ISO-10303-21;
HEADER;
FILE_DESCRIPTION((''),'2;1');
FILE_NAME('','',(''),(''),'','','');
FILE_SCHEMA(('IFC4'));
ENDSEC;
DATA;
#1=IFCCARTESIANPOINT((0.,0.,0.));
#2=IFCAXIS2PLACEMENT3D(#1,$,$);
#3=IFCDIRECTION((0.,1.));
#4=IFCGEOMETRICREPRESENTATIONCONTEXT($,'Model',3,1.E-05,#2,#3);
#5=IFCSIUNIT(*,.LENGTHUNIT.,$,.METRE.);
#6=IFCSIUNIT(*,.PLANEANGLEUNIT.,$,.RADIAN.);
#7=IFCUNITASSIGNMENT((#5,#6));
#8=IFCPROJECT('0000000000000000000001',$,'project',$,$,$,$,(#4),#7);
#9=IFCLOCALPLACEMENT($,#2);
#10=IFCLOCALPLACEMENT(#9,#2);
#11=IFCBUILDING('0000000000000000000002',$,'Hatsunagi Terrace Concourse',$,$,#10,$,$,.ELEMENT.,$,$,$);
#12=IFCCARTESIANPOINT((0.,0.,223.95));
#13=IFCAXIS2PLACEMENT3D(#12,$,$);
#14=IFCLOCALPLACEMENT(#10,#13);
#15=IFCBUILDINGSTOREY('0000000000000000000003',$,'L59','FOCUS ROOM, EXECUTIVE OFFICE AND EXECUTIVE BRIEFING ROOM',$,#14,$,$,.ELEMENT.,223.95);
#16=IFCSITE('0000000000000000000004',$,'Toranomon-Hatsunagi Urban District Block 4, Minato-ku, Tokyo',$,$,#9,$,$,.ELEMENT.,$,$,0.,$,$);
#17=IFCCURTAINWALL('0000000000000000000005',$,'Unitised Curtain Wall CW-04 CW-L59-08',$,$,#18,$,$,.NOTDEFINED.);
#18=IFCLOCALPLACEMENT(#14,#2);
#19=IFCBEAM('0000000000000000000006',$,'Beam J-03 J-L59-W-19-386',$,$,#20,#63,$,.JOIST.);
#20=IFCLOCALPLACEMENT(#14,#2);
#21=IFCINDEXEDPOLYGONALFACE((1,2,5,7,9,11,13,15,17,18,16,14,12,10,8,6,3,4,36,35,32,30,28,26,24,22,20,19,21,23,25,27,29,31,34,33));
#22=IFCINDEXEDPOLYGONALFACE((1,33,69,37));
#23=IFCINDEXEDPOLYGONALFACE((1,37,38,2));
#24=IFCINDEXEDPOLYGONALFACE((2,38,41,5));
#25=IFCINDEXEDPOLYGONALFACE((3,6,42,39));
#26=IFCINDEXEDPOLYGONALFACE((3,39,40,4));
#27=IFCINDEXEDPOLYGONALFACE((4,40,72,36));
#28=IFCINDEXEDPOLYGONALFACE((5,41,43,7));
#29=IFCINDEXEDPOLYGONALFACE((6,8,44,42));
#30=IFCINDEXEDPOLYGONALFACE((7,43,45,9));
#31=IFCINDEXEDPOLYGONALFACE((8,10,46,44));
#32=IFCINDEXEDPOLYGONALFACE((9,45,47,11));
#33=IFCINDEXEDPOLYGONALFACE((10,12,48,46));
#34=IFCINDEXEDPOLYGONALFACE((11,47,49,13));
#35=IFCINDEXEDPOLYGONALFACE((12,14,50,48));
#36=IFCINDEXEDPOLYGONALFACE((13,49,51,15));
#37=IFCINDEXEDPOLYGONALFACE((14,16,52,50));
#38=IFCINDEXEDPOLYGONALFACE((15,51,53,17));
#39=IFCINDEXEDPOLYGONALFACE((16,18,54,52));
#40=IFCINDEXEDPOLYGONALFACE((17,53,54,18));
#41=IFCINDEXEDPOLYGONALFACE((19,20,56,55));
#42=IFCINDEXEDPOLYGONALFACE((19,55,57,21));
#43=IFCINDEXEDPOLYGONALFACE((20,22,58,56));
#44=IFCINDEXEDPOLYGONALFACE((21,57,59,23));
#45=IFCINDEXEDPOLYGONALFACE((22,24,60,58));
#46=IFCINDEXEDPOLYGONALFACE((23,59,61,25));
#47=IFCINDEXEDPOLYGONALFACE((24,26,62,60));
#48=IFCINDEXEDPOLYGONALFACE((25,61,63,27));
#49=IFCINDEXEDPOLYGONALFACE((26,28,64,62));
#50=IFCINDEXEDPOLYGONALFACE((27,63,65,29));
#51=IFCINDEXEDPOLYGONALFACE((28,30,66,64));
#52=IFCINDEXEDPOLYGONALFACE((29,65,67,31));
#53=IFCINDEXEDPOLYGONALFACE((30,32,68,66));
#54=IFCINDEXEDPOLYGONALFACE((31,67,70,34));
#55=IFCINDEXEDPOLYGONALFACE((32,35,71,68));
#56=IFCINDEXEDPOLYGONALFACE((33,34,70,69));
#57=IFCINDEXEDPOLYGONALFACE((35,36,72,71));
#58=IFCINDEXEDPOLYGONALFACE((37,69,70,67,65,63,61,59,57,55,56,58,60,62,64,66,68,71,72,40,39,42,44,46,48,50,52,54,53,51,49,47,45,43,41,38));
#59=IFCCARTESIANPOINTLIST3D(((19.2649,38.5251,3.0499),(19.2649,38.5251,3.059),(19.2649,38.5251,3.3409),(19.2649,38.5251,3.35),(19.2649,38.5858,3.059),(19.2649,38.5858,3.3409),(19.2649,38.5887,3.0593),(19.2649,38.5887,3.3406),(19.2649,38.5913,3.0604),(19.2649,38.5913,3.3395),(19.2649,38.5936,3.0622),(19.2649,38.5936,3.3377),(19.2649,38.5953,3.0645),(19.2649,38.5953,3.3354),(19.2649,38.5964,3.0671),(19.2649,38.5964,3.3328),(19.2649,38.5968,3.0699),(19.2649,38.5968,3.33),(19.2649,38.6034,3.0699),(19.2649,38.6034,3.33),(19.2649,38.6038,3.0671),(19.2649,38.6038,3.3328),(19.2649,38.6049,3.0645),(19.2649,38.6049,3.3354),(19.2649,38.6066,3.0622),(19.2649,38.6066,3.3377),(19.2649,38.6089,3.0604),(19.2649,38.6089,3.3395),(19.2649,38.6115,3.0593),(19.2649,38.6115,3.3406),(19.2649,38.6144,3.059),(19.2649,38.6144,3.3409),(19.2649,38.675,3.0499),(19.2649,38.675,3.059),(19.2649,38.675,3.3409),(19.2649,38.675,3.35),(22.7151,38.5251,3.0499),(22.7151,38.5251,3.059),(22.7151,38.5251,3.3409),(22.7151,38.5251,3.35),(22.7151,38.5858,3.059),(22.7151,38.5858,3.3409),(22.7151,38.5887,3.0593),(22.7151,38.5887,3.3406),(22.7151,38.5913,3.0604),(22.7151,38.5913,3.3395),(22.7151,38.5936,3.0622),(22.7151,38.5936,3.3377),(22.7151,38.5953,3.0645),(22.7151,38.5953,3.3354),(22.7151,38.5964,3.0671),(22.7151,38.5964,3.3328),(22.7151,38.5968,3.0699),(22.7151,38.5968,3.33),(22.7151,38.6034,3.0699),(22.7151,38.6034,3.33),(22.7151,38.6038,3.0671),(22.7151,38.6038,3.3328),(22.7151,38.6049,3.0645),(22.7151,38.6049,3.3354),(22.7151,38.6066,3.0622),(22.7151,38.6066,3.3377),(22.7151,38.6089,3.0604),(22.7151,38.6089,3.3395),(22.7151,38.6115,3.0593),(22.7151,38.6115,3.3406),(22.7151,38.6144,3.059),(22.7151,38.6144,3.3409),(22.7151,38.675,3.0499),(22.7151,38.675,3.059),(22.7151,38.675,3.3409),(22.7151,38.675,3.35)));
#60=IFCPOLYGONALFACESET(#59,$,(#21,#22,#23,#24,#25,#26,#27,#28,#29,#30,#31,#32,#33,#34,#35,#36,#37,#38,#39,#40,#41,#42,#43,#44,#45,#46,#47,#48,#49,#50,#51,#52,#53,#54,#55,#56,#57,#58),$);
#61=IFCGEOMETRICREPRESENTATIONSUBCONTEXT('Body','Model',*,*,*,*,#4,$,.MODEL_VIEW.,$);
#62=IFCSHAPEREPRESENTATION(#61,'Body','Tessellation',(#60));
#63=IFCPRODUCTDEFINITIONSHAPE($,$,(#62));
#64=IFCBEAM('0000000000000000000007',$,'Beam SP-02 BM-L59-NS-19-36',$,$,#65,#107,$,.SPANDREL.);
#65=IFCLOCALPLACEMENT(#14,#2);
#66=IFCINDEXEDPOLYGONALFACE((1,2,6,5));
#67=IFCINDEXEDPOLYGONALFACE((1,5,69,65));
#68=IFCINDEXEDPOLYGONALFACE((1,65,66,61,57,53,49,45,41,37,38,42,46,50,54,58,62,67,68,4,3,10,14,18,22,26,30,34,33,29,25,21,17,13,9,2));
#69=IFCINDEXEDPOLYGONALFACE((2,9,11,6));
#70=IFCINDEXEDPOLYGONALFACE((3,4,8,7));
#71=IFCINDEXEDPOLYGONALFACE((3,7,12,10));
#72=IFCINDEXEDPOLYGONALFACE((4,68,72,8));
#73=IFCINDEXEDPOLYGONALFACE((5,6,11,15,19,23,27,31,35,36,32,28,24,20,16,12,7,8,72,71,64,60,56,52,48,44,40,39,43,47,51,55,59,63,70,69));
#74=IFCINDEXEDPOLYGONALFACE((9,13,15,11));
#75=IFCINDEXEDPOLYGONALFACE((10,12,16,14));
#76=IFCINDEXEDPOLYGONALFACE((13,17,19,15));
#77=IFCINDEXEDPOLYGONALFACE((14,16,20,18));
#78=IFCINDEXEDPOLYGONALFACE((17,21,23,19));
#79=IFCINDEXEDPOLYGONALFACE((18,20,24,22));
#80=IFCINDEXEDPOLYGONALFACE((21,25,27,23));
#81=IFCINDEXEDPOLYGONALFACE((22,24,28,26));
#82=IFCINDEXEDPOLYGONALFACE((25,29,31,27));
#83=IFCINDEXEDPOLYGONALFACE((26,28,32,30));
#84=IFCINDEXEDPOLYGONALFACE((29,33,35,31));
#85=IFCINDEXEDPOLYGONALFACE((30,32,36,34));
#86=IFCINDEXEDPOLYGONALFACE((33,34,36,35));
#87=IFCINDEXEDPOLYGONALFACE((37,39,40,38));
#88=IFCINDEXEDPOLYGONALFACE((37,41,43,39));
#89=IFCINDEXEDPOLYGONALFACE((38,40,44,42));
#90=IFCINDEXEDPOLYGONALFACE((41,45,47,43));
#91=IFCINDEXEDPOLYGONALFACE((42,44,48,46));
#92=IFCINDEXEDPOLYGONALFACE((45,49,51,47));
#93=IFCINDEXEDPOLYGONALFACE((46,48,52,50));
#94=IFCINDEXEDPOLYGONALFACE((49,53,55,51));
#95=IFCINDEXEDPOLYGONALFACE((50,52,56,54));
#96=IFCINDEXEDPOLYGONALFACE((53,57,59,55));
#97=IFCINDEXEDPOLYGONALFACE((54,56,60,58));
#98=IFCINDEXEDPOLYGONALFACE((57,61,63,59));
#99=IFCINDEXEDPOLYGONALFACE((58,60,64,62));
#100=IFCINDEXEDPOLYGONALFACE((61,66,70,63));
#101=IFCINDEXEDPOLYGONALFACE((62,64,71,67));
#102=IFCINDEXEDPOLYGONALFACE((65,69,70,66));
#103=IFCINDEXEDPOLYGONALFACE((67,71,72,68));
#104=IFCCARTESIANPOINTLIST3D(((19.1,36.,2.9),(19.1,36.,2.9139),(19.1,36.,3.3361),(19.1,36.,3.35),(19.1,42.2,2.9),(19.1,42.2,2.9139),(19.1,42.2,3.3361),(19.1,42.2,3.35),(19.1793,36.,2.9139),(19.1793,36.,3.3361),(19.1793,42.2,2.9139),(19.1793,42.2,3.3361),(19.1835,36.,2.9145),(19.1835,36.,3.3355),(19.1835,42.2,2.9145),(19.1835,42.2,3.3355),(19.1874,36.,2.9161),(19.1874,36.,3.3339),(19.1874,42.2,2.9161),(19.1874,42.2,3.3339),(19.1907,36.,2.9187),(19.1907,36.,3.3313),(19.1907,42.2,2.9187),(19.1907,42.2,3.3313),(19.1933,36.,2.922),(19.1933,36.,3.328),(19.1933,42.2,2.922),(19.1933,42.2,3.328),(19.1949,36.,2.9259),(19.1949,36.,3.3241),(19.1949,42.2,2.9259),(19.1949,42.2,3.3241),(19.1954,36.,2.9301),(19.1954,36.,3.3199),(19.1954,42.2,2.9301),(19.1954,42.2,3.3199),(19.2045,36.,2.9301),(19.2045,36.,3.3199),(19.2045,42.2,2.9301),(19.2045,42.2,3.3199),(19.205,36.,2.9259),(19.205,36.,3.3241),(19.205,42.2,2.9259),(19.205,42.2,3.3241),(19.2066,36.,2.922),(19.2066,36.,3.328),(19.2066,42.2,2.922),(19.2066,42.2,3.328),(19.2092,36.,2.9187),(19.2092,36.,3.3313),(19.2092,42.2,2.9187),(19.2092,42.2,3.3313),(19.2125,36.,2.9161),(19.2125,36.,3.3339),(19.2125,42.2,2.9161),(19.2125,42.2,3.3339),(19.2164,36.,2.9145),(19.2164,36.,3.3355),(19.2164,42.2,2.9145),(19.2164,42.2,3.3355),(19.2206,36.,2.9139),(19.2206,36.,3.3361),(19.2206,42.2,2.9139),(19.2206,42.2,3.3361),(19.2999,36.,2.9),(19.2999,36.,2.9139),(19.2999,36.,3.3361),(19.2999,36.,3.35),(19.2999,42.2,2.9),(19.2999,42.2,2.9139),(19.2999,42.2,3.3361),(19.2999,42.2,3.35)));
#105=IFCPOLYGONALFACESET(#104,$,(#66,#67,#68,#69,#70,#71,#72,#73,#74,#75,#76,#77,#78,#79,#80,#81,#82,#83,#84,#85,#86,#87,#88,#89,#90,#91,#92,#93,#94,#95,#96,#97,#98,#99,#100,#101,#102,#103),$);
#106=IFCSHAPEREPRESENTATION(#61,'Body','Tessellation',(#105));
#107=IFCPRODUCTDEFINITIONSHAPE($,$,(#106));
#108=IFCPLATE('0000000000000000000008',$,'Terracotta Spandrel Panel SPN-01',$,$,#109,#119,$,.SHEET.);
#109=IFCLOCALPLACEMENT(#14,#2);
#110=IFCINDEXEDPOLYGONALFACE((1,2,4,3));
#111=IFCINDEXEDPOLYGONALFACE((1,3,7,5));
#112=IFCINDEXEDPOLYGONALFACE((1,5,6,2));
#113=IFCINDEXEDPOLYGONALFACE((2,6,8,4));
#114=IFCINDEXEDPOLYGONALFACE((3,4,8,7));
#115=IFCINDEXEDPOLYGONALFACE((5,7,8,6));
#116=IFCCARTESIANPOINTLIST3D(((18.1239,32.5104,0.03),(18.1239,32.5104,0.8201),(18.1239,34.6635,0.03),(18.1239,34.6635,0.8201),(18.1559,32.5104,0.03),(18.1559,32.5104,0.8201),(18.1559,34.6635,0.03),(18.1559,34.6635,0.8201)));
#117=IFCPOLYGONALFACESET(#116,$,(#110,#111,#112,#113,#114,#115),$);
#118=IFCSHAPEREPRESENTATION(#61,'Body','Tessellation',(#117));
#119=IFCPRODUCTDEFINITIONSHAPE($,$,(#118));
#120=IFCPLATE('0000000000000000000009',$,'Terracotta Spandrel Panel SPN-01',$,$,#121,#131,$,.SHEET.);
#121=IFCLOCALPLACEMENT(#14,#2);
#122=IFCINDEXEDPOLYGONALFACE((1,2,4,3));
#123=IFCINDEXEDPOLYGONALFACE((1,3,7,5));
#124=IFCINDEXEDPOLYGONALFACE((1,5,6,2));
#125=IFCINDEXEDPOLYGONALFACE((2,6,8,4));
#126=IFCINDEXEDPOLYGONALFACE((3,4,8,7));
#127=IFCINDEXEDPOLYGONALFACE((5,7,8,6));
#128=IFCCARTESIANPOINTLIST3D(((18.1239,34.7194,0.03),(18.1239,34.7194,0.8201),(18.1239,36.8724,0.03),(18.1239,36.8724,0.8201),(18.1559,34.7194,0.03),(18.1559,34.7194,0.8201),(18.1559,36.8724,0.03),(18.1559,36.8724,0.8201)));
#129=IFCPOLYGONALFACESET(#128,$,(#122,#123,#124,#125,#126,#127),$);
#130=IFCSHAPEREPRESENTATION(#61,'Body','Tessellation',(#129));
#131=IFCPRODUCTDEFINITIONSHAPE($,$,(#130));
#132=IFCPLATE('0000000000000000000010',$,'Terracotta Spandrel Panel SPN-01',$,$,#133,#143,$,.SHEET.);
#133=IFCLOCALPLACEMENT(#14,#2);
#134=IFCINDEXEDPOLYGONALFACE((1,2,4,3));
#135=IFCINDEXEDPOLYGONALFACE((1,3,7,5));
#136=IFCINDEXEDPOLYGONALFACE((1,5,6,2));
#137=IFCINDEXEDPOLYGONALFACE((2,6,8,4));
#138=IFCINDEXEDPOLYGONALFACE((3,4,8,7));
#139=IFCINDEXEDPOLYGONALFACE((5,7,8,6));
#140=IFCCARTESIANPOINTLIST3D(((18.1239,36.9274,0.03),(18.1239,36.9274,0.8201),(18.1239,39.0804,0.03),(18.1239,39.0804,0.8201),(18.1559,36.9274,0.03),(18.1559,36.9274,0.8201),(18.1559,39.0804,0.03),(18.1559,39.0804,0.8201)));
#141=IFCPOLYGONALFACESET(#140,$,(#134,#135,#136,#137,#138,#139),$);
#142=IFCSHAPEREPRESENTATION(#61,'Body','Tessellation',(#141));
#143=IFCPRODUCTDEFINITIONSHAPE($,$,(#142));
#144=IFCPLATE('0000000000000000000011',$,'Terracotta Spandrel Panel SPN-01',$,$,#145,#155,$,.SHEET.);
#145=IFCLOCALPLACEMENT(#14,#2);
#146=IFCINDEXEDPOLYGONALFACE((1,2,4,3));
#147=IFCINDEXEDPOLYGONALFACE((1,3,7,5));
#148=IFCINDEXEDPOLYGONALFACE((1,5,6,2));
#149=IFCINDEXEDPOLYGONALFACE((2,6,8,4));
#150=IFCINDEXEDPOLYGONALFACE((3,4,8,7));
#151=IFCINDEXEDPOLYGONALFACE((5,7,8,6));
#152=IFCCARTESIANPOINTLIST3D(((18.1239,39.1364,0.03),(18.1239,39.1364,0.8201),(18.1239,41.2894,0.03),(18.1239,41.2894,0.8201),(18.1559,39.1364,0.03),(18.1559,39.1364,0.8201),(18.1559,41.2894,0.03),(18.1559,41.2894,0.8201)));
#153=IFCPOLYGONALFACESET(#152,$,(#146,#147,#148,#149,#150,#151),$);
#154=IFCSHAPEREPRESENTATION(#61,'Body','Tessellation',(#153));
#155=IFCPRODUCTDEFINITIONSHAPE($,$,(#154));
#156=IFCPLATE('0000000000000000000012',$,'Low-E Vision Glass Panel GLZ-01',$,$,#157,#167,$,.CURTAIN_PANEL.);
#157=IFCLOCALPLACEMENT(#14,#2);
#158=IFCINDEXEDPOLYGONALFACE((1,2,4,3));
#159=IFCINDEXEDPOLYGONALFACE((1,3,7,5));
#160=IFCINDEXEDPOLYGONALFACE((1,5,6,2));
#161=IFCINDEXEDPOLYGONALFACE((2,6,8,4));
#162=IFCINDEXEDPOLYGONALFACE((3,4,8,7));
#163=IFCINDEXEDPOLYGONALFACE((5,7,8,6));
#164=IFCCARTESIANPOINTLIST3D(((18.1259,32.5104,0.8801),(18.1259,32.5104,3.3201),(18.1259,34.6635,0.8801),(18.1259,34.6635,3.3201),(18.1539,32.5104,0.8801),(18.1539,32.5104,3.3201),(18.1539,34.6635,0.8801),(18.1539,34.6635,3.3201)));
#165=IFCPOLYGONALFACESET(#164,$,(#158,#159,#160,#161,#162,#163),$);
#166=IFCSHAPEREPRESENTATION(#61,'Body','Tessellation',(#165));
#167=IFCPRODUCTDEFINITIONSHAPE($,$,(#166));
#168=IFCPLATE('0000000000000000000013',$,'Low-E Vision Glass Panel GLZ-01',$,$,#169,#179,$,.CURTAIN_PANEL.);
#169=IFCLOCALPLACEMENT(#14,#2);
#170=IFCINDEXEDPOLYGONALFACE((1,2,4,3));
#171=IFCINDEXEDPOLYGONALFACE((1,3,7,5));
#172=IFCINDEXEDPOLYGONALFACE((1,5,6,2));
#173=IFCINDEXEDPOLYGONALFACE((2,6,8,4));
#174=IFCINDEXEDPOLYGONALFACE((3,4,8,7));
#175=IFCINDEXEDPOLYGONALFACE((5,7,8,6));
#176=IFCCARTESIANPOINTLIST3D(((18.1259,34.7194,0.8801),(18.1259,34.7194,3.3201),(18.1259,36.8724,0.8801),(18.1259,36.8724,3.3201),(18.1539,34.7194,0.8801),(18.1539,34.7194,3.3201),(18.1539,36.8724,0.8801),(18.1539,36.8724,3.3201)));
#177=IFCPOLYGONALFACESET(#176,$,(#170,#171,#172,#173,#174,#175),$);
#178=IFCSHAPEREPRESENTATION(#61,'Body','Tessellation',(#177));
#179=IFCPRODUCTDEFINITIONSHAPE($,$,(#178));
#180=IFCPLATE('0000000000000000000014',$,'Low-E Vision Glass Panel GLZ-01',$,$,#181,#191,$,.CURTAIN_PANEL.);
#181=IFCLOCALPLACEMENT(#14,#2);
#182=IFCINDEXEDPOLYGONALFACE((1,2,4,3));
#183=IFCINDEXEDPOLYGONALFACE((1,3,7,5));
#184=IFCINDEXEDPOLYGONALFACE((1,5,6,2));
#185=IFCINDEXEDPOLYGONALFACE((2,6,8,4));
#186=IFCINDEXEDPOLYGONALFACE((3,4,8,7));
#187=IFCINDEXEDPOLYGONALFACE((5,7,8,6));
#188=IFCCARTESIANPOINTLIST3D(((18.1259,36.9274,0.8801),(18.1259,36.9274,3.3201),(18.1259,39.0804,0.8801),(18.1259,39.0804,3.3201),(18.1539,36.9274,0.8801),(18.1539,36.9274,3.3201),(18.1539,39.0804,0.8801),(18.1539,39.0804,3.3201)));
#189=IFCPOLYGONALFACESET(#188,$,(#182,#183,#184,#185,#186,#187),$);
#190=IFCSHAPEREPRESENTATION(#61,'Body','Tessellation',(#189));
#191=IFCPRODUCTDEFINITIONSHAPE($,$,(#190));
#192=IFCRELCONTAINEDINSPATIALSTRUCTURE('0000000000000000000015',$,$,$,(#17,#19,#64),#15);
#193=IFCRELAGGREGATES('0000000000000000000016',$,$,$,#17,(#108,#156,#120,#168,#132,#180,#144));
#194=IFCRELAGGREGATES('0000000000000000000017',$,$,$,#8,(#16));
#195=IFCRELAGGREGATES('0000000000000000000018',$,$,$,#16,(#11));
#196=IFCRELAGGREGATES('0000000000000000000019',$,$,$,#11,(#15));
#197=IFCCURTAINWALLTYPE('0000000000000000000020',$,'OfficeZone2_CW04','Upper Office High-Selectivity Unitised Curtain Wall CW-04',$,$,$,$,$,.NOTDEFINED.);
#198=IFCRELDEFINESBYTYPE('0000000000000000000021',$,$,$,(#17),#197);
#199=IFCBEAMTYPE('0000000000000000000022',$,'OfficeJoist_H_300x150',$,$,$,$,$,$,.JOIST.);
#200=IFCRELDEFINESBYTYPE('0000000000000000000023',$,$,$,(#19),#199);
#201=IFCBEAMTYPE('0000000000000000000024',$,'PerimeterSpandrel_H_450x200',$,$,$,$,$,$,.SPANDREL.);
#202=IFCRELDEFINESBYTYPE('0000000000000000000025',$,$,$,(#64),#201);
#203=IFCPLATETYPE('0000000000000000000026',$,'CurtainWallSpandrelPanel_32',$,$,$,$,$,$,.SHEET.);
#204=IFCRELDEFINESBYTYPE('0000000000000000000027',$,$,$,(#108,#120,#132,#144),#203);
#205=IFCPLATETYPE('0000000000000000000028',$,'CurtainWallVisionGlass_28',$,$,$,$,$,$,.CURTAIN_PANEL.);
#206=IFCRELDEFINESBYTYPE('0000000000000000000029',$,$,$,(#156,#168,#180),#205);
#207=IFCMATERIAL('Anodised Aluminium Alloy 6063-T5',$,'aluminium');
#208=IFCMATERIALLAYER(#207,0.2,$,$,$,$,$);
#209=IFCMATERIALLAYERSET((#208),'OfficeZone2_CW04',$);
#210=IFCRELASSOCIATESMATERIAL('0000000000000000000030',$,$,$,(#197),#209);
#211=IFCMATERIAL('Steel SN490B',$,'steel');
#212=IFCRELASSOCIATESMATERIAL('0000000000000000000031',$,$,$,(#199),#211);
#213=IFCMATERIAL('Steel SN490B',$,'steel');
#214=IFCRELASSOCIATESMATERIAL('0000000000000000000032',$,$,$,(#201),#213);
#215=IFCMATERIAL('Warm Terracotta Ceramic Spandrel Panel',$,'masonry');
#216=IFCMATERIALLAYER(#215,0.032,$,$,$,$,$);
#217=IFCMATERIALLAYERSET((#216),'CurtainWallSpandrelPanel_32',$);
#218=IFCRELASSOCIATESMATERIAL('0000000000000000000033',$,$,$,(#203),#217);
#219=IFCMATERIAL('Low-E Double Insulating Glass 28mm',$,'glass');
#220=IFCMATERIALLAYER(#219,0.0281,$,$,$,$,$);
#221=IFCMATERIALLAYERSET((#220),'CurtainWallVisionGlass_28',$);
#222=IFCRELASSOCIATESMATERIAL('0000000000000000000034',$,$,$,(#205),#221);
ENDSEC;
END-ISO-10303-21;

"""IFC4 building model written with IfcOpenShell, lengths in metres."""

from ifc_helpers import new_model, si_unit, direction, frame, origin, origin_2d, place, context, subcontext, project, spatial, rectangle, i_section, extrude, material, layer, layer_set, material_profile, profile_set, type_object, element, aggregate, save


model = new_model("IFC4")

# Units and contexts
model_context = context("Model", 3, precision=1e-05, world=origin(), true_north=direction((0.0, 1.0)))
body_context = subcontext(model_context, "Body", "Model", "MODEL_VIEW")
ifc_project = project(units=[si_unit("LENGTHUNIT", "METRE"), si_unit("PLANEANGLEUNIT", "RADIAN")], contexts=[model_context])

# Site, building, storey
site_placement = place(None, origin())
site = spatial("IfcSite", under=ifc_project, at=site_placement, Name="Toranomon-Hatsunagi Urban District Block 4, Minato-ku, Tokyo", CompositionType="ELEMENT", RefElevation=0.0)
building_placement = place(site_placement, origin())
building = spatial("IfcBuilding", under=site, at=building_placement, Name="Hatsunagi Terrace Concourse", CompositionType="ELEMENT")
storey_placement = place(building_placement, frame((0.0, 0.0, 223.95)))
storey = spatial("IfcBuildingStorey", under=building, at=storey_placement, Name="L59", Description="FOCUS ROOM, EXECUTIVE OFFICE AND EXECUTIVE BRIEFING ROOM", CompositionType="ELEMENT", Elevation=223.95)

# Curtain wall
ifc_material_1 = material(Name="Anodised Aluminium Alloy 6063-T5", Category="aluminium")
ifc_layer_1 = layer(ifc_material_1, 0.2)
ifc_layer_set_1 = layer_set([ifc_layer_1], Name="OfficeZone2_CW04")
curtain_wall_type = type_object("IfcCurtainWallType", Name="OfficeZone2_CW04", Description="Upper Office High-Selectivity Unitised Curtain Wall CW-04", PredefinedType="NOTDEFINED", material=ifc_layer_set_1)
curtain_wall_placement = place(storey_placement, origin())
curtain_wall = element("IfcCurtainWall", 1, at=curtain_wall_placement, inside=storey, type_object=curtain_wall_type, Name="Unitised Curtain Wall CW-04 CW-L59-08", PredefinedType="NOTDEFINED")

# Beams
ifc_material_2 = material(Name="Steel SN490B", Category="steel")
ifc_material_profile_1 = material_profile(ifc_material_2, i_section(OverallWidth=0.1499, OverallDepth=0.3, WebThickness=0.0066, FlangeThickness=0.009, FilletRadius=0.011, at=origin_2d()), Name="H-300x150x6.5x9")
ifc_profile_set_1 = profile_set([ifc_material_profile_1], Name="Steel SN490B")
beam_type_1 = type_object("IfcBeamType", Name="OfficeJoist_H_300x150", PredefinedType="JOIST", material=ifc_profile_set_1)
for number, where, z_axis, x_axis, name in (
    (2, (19.2649, 38.6001, 3.2), (1.0, 0.0, 0.0), (0.0, 1.0, 0.0), "Beam J-03 J-L59-W-19-386"),
):
    element("IfcBeam", number, at=place(storey_placement, frame(where, z_axis=z_axis, x_axis=x_axis)), inside=storey, type_object=beam_type_1, Name=name, PredefinedType="JOIST", context=body_context, shape_type="SweptSolid", body=[
        extrude(i_section(OverallWidth=0.1499, OverallDepth=0.3, WebThickness=0.0066, FlangeThickness=0.009, FilletRadius=0.011, at=origin_2d()), origin(), (0.0, 0.0, 1.0), 3.4502),
    ])
ifc_material_3 = material(Name="Steel SN490B", Category="steel")
ifc_material_profile_2 = material_profile(ifc_material_3, i_section(OverallWidth=0.2, OverallDepth=0.45, WebThickness=0.009, FlangeThickness=0.0139, FilletRadius=0.0161, at=origin_2d()), Name="H-450x200x9x14")
ifc_profile_set_2 = profile_set([ifc_material_profile_2], Name="Steel SN490B")
beam_type_2 = type_object("IfcBeamType", Name="PerimeterSpandrel_H_450x200", PredefinedType="SPANDREL", material=ifc_profile_set_2)
beam_1_placement = place(storey_placement, frame((19.2, 36.0, 3.125), z_axis=(0.0, 1.0, 0.0), x_axis=(-1.0, 0.0, 0.0)))
element("IfcBeam", 3, at=beam_1_placement, inside=storey, type_object=beam_type_2, Name="Beam SP-02 BM-L59-NS-19-36", PredefinedType="SPANDREL", context=body_context, shape_type="SweptSolid", body=[
    extrude(i_section(OverallWidth=0.2, OverallDepth=0.45, WebThickness=0.009, FlangeThickness=0.0139, FilletRadius=0.0161, at=origin_2d()), origin(), (0.0, 0.0, 1.0), 6.2),
])

# Plates
ifc_material_4 = material(Name="Warm Terracotta Ceramic Spandrel Panel", Category="masonry")
ifc_layer_2 = layer(ifc_material_4, 0.032)
ifc_layer_set_2 = layer_set([ifc_layer_2], Name="CurtainWallSpandrelPanel_32")
plate_type_1 = type_object("IfcPlateType", Name="CurtainWallSpandrelPanel_32", PredefinedType="SHEET", material=ifc_layer_set_2)
plate_1_placement = place(storey_placement, frame((18.1399, 33.5869, 0.03), z_axis=(0.0, 0.0, 1.0), x_axis=(0.0, 1.0, 0.0)))
plate_1 = element("IfcPlate", 4, at=plate_1_placement, type_object=plate_type_1, Name="Terracotta Spandrel Panel SPN-01", PredefinedType="SHEET", context=body_context, shape_type="SweptSolid", body=[
    extrude(rectangle(XDim=2.1531, YDim=0.032, at=origin_2d()), origin(), (0.0, 0.0, 1.0), 0.79),
])
plate_2_placement = place(storey_placement, frame((18.1399, 35.7959, 0.03), z_axis=(0.0, 0.0, 1.0), x_axis=(0.0, 1.0, 0.0)))
plate_2 = element("IfcPlate", 5, at=plate_2_placement, type_object=plate_type_1, Name="Terracotta Spandrel Panel SPN-01", PredefinedType="SHEET", context=body_context, shape_type="SweptSolid", body=[
    extrude(rectangle(XDim=2.1531, YDim=0.032, at=origin_2d()), origin(), (0.0, 0.0, 1.0), 0.79),
])
plate_3_placement = place(storey_placement, frame((18.1399, 38.0039, 0.03), z_axis=(0.0, 0.0, 1.0), x_axis=(0.0, 1.0, 0.0)))
plate_3 = element("IfcPlate", 6, at=plate_3_placement, type_object=plate_type_1, Name="Terracotta Spandrel Panel SPN-01", PredefinedType="SHEET", context=body_context, shape_type="SweptSolid", body=[
    extrude(rectangle(XDim=2.1531, YDim=0.032, at=origin_2d()), origin(), (0.0, 0.0, 1.0), 0.79),
])
plate_4_placement = place(storey_placement, frame((18.1399, 40.2129, 0.03), z_axis=(0.0, 0.0, 1.0), x_axis=(0.0, 1.0, 0.0)))
plate_4 = element("IfcPlate", 7, at=plate_4_placement, type_object=plate_type_1, Name="Terracotta Spandrel Panel SPN-01", PredefinedType="SHEET", context=body_context, shape_type="SweptSolid", body=[
    extrude(rectangle(XDim=2.1531, YDim=0.032, at=origin_2d()), origin(), (0.0, 0.0, 1.0), 0.79),
])
ifc_material_5 = material(Name="Low-E Double Insulating Glass 28mm", Category="glass")
ifc_layer_3 = layer(ifc_material_5, 0.0281)
ifc_layer_set_3 = layer_set([ifc_layer_3], Name="CurtainWallVisionGlass_28")
plate_type_2 = type_object("IfcPlateType", Name="CurtainWallVisionGlass_28", PredefinedType="CURTAIN_PANEL", material=ifc_layer_set_3)
plate_5_placement = place(storey_placement, frame((18.1399, 33.5869, 0.8801), z_axis=(0.0, 0.0, 1.0), x_axis=(0.0, 1.0, 0.0)))
plate_5 = element("IfcPlate", 8, at=plate_5_placement, type_object=plate_type_2, Name="Low-E Vision Glass Panel GLZ-01", PredefinedType="CURTAIN_PANEL", context=body_context, shape_type="SweptSolid", body=[
    extrude(rectangle(XDim=2.1531, YDim=0.0281, at=origin_2d()), origin(), (0.0, 0.0, 1.0), 2.4399),
])
plate_6_placement = place(storey_placement, frame((18.1399, 35.7959, 0.8801), z_axis=(0.0, 0.0, 1.0), x_axis=(0.0, 1.0, 0.0)))
plate_6 = element("IfcPlate", 9, at=plate_6_placement, type_object=plate_type_2, Name="Low-E Vision Glass Panel GLZ-01", PredefinedType="CURTAIN_PANEL", context=body_context, shape_type="SweptSolid", body=[
    extrude(rectangle(XDim=2.1531, YDim=0.0281, at=origin_2d()), origin(), (0.0, 0.0, 1.0), 2.4399),
])
plate_7_placement = place(storey_placement, frame((18.1399, 38.0039, 0.8801), z_axis=(0.0, 0.0, 1.0), x_axis=(0.0, 1.0, 0.0)))
plate_7 = element("IfcPlate", 10, at=plate_7_placement, type_object=plate_type_2, Name="Low-E Vision Glass Panel GLZ-01", PredefinedType="CURTAIN_PANEL", context=body_context, shape_type="SweptSolid", body=[
    extrude(rectangle(XDim=2.1531, YDim=0.0281, at=origin_2d()), origin(), (0.0, 0.0, 1.0), 2.4399),
])
aggregate(curtain_wall, [plate_1, plate_5, plate_2, plate_6, plate_3, plate_7, plate_4])

save(model, "model.ifc")
